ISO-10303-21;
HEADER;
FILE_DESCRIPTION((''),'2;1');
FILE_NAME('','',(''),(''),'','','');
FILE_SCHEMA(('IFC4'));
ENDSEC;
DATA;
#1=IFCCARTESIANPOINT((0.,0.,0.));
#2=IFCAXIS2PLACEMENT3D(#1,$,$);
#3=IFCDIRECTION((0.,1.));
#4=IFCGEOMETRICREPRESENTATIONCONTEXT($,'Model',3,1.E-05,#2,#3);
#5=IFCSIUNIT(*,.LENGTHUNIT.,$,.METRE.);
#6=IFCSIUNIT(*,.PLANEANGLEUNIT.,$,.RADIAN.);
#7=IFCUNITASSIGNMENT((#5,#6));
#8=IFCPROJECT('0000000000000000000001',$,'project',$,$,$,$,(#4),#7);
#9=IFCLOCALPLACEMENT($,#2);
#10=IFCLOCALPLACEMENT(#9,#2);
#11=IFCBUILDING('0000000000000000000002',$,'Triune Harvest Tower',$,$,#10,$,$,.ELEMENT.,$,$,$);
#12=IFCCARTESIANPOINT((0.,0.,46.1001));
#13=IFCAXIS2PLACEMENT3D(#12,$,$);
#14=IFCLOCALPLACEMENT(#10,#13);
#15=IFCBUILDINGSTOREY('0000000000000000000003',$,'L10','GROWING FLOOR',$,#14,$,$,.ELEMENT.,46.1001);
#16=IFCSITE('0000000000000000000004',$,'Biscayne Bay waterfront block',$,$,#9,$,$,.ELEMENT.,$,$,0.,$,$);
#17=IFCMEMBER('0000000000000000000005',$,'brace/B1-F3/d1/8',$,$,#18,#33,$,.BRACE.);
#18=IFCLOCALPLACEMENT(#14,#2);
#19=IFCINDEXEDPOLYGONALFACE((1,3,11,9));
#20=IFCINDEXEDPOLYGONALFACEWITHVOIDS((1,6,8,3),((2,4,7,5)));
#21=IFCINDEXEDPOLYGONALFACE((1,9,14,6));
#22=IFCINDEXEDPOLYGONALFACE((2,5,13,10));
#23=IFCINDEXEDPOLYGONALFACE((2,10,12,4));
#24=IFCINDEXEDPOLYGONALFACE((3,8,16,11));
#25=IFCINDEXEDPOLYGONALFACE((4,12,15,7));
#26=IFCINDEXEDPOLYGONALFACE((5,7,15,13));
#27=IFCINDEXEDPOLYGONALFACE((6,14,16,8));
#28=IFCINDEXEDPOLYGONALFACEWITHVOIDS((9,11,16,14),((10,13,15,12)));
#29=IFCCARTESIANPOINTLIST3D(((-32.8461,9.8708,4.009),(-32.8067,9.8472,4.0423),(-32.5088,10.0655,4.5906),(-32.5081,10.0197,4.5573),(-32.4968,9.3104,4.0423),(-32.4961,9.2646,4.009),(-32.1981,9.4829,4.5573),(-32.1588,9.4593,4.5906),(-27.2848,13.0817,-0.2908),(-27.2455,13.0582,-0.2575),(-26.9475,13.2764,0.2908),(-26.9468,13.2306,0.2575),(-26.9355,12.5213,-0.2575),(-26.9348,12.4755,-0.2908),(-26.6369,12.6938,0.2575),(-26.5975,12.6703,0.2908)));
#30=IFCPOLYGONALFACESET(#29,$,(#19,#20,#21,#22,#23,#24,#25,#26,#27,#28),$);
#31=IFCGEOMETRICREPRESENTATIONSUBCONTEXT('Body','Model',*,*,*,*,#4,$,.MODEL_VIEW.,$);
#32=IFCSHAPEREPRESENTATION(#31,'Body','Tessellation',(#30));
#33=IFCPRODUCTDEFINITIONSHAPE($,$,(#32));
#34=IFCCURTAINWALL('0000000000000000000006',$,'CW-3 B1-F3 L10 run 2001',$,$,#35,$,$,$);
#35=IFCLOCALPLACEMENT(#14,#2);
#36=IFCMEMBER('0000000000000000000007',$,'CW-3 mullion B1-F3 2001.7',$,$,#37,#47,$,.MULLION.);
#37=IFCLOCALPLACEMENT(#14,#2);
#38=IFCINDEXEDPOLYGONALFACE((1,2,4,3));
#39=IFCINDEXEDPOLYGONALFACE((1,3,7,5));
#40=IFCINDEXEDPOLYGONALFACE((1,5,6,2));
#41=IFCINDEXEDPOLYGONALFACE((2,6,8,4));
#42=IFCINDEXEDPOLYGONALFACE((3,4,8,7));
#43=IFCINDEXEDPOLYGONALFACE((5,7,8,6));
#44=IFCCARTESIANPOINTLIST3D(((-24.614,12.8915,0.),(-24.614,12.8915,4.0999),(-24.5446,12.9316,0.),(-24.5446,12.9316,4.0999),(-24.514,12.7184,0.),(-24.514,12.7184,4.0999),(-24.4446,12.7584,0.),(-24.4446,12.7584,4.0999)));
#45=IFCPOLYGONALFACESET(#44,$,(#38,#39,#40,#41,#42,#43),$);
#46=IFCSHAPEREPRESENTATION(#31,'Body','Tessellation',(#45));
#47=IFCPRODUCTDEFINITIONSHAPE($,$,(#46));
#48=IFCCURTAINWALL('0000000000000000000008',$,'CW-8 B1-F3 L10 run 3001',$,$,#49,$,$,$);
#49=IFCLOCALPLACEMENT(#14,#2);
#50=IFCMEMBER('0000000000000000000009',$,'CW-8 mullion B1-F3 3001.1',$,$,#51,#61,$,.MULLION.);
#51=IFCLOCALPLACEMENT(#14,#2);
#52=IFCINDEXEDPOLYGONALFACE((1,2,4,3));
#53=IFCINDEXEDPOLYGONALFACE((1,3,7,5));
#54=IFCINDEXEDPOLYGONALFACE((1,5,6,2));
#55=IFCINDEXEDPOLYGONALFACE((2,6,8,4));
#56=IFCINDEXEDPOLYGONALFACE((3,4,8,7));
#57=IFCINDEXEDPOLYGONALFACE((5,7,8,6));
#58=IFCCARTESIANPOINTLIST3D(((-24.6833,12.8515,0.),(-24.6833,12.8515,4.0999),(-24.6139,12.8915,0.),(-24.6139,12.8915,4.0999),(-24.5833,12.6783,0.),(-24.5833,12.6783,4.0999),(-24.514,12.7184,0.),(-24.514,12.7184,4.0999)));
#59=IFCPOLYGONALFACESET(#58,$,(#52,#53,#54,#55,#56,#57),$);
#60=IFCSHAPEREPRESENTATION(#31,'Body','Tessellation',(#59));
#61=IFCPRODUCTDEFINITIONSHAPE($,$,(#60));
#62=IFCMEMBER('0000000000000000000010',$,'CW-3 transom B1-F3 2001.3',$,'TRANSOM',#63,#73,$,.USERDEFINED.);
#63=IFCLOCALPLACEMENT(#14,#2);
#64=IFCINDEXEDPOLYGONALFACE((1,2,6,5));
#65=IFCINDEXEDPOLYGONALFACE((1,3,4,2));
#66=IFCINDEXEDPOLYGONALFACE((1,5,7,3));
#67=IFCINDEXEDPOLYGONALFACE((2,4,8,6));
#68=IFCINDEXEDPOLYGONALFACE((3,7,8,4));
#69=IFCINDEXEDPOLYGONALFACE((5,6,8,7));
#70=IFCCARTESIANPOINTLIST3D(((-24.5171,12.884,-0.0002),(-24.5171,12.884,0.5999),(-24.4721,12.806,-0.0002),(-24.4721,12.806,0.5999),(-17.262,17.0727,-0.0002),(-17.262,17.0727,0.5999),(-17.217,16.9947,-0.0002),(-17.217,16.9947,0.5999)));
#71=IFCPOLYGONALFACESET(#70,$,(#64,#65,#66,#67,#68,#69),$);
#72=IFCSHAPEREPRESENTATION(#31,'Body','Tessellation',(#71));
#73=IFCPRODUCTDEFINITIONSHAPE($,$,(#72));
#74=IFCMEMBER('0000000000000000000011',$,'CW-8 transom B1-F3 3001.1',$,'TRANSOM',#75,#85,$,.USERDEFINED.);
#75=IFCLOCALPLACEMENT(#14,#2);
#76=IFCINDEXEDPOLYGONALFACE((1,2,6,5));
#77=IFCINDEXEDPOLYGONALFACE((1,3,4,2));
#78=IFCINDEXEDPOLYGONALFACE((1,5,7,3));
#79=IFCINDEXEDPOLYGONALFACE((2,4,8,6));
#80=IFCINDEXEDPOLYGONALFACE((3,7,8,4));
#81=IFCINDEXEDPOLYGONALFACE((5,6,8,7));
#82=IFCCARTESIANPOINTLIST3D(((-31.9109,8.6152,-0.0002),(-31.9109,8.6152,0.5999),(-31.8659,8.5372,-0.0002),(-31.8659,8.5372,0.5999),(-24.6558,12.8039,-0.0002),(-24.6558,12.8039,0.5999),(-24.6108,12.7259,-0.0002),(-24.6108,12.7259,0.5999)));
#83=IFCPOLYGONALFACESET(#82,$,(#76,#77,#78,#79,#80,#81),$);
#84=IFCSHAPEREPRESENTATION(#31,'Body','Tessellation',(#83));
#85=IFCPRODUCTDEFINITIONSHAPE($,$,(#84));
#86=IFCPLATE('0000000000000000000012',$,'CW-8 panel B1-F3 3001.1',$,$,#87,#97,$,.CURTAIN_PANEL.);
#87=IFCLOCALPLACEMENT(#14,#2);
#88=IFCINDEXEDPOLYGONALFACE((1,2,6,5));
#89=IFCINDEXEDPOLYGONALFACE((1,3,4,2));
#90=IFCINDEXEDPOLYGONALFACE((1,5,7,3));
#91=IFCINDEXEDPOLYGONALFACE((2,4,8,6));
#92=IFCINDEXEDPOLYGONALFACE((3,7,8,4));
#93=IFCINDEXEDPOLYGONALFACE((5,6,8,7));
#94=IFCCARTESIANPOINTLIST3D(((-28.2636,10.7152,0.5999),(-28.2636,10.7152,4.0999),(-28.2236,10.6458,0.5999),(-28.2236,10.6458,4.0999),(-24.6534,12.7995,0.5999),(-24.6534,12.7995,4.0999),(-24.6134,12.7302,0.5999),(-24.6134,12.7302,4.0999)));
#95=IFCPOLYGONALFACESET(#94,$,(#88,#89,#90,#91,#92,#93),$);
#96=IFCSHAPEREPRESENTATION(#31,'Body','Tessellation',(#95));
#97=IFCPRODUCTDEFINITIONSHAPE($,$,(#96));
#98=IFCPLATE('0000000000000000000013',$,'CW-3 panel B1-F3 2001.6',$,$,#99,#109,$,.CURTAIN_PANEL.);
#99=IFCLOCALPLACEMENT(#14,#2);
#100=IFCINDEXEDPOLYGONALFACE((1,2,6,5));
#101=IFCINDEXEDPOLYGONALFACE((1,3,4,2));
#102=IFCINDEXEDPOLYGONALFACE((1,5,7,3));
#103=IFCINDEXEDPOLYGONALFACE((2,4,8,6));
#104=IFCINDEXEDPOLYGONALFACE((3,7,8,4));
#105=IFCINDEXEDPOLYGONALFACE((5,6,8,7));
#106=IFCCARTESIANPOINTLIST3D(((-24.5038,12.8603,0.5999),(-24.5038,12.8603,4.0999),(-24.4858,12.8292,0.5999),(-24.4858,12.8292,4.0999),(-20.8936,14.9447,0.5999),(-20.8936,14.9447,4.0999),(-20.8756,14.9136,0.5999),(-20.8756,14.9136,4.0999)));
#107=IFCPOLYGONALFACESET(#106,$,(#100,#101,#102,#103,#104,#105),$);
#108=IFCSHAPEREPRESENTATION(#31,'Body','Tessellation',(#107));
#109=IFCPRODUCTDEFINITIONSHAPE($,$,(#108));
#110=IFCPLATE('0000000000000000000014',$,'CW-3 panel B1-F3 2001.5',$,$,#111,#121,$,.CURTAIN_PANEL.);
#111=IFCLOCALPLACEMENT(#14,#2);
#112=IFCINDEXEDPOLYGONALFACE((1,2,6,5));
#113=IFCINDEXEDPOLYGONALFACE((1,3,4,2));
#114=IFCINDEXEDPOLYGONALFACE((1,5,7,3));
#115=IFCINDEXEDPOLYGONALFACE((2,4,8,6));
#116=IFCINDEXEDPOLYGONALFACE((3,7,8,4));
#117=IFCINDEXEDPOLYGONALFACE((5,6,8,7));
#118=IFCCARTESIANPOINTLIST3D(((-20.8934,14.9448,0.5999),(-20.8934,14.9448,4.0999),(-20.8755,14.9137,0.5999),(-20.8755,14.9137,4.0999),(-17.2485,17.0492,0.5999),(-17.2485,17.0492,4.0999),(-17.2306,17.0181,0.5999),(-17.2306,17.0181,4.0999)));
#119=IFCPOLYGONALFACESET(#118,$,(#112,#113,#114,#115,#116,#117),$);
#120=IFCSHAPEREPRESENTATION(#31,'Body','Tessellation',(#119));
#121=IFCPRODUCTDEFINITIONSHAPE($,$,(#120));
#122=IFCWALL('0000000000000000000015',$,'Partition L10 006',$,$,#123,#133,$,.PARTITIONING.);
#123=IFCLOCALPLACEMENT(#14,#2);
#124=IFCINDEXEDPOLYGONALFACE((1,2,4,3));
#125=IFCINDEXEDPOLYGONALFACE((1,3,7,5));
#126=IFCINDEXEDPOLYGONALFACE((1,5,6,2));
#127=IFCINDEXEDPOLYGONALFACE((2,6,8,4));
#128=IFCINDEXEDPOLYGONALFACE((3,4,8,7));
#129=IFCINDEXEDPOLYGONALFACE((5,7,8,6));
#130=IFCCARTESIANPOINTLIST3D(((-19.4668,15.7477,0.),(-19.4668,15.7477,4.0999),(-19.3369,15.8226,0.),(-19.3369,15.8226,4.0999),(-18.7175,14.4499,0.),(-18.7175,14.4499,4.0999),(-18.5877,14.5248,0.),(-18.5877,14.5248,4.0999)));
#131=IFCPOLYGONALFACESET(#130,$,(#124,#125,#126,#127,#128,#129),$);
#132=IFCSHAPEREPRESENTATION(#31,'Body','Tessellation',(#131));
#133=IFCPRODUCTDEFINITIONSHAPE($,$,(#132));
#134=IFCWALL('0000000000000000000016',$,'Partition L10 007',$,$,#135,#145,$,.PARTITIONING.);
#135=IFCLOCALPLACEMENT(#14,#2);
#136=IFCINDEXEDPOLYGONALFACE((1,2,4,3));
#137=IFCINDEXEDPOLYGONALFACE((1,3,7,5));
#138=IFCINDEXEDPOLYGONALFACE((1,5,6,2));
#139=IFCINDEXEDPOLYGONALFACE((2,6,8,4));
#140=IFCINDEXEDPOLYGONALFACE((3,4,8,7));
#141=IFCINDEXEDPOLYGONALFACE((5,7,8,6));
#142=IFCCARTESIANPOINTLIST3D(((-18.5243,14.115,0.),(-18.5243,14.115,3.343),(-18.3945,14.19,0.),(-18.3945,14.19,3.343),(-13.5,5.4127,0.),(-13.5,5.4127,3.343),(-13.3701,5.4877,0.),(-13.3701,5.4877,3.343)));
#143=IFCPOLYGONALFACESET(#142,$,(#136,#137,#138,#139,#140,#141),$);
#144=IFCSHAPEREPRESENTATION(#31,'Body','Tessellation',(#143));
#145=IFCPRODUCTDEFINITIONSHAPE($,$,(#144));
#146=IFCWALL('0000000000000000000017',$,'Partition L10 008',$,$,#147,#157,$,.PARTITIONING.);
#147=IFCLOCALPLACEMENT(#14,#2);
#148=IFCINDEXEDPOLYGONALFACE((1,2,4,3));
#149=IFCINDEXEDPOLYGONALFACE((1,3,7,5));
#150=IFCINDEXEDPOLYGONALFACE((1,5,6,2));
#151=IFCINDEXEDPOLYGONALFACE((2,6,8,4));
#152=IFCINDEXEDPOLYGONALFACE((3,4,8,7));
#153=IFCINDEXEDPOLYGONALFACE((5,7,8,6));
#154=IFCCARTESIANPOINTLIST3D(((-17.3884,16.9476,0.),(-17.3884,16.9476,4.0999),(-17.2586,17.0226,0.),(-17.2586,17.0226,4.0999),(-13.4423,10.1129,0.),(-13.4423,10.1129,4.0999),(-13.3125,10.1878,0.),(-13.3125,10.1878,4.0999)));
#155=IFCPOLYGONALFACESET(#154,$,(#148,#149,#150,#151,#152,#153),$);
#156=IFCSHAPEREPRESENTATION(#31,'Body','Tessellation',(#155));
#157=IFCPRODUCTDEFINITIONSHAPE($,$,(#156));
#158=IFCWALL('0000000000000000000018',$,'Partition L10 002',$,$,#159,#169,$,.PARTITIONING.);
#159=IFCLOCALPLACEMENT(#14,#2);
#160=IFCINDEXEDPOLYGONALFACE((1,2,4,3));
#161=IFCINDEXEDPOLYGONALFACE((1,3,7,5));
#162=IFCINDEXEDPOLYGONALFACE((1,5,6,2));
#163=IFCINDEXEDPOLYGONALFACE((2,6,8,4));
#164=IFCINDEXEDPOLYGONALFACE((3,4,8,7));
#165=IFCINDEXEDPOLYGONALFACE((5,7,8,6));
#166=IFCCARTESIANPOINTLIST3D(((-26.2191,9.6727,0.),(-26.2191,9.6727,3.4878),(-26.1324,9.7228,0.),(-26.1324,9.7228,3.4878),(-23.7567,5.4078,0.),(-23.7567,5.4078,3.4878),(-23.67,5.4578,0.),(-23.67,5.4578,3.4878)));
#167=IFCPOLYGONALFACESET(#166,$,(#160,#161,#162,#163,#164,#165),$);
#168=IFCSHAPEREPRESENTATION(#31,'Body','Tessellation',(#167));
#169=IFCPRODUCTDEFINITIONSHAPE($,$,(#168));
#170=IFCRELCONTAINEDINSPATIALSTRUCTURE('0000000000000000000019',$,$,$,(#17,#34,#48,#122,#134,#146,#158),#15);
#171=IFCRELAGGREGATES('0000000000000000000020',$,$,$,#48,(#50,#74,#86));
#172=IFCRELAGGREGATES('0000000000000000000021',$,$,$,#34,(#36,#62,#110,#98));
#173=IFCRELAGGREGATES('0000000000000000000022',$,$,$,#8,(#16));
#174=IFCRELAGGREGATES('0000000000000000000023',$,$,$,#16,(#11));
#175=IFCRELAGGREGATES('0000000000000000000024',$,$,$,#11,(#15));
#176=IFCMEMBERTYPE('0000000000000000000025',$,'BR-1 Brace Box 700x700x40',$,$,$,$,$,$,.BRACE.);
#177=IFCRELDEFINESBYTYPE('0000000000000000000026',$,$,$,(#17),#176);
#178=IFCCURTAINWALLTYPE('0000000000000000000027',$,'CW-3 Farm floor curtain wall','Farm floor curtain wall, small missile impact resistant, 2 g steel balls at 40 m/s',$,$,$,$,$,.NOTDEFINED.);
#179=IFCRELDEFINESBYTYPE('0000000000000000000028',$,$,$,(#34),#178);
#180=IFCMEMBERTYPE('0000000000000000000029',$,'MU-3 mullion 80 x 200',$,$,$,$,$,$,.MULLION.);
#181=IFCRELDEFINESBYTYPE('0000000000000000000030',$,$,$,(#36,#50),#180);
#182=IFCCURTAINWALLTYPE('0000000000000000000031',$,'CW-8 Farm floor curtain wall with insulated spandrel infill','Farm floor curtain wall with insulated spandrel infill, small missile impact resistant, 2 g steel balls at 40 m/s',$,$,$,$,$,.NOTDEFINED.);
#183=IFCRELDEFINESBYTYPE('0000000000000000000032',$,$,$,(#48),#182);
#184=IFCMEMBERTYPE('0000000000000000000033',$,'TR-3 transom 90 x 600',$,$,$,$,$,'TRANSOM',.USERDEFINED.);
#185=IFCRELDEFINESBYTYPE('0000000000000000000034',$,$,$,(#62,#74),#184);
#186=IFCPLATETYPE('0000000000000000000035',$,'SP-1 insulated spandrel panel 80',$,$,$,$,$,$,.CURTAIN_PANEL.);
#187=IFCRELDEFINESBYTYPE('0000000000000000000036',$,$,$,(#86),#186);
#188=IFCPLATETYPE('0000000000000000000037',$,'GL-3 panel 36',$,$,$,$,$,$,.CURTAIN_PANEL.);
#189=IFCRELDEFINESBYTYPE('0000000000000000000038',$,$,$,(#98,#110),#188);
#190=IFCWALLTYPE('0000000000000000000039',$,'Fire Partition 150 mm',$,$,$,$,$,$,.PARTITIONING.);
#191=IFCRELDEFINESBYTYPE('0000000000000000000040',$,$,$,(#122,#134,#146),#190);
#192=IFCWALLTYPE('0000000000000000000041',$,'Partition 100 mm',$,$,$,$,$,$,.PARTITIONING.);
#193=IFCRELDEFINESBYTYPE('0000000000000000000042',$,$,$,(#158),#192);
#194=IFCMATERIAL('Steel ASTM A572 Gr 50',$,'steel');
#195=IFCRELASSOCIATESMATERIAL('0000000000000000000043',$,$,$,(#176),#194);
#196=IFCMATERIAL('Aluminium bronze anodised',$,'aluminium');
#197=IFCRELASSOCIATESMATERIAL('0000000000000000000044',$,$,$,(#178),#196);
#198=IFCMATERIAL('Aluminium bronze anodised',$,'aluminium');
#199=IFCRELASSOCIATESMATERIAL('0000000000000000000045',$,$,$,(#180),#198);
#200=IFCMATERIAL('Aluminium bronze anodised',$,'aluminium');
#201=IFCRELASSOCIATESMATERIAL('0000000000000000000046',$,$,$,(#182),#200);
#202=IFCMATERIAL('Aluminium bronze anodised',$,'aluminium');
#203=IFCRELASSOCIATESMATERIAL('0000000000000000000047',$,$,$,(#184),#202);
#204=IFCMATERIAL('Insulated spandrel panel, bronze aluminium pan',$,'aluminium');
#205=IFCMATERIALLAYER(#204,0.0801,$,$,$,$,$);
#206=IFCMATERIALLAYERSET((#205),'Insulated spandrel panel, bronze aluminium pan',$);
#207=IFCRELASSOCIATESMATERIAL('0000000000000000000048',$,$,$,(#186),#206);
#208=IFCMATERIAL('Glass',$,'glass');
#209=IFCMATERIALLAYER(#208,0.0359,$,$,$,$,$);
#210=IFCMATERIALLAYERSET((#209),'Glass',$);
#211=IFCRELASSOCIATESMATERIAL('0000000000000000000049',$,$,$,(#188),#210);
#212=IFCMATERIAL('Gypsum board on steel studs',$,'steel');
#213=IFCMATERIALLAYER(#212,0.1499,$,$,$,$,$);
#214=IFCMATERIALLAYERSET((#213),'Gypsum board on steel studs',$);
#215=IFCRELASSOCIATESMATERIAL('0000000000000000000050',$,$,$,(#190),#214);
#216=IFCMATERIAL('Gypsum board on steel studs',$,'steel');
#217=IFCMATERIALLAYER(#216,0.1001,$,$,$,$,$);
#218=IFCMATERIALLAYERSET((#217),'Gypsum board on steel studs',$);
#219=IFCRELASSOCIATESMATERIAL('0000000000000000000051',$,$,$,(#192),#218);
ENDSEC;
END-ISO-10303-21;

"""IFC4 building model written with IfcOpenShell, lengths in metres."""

from ifc_helpers import new_model, si_unit, direction, frame, frame_2d, origin, origin_2d, place, context, subcontext, project, spatial, rectangle, hollow_rectangle, extrude, source, transform, mapped, material, layer, layer_set, material_profile, profile_set, type_object, element, aggregate, save


model = new_model("IFC4")

# Units and contexts
model_context = context("Model", 3, precision=1e-05, world=origin(), true_north=direction((0.0, 1.0)))
body_context = subcontext(model_context, "Body", "Model", "MODEL_VIEW")
ifc_project = project(units=[si_unit("LENGTHUNIT", "METRE"), si_unit("PLANEANGLEUNIT", "RADIAN")], contexts=[model_context])

# Site, building, storey
site_placement = place(None, origin())
site = spatial("IfcSite", under=ifc_project, at=site_placement, Name="Biscayne Bay waterfront block", CompositionType="ELEMENT", RefElevation=0.0)
building_placement = place(site_placement, origin())
building = spatial("IfcBuilding", under=site, at=building_placement, Name="Triune Harvest Tower", CompositionType="ELEMENT")
storey_placement = place(building_placement, frame((0.0, 0.0, 46.1001)))
storey = spatial("IfcBuildingStorey", under=building, at=storey_placement, Name="L10", Description="GROWING FLOOR", CompositionType="ELEMENT", Elevation=46.1001)

# Member
ifc_material_1 = material(Name="Steel ASTM A572 Gr 50", Category="steel")
ifc_material_profile_1 = material_profile(ifc_material_1, hollow_rectangle(XDim=0.7, YDim=0.7, WallThickness=0.04, at=origin_2d()), Name="Box 700x700x40")
ifc_profile_set_1 = profile_set([ifc_material_profile_1], Name="Steel ASTM A572 Gr 50")
member_type_1 = type_object("IfcMemberType", Name="BR-1 Brace Box 700x700x40", PredefinedType="BRACE", material=ifc_profile_set_1)
shared_shape_1 = source(origin(), body_context, "Body", "SweptSolid", [
    extrude(hollow_rectangle(XDim=0.7, YDim=0.7, WallThickness=0.04, at=origin_2d()), origin(), (0.0, 0.0, 1.0), 7.7283),
])
member_1_placement = place(storey_placement, frame((-26.9412, 12.876, 0.0), z_axis=(-0.719601, -0.415479, 0.556373), x_axis=(0.500015, -0.866017, 0.0)))
element("IfcMember", 1, at=member_1_placement, inside=storey, type_object=member_type_1, Name="brace/B1-F3/d1/8", PredefinedType="BRACE", context=body_context, shape_type="MappedRepresentation", body=[
    mapped(shared_shape_1, transform((0.0, 0.0, 0.0), scale=1.0)),
])

# Curtain walls, members
ifc_material_2 = material(Name="Aluminium bronze anodised", Category="aluminium")
curtain_wall_type_1 = type_object("IfcCurtainWallType", Name="CW-3 Farm floor curtain wall", Description="Farm floor curtain wall, small missile impact resistant, 2 g steel balls at 40 m/s", PredefinedType="NOTDEFINED", material=ifc_material_2)
curtain_wall_1_placement = place(storey_placement, origin())
curtain_wall_1 = element("IfcCurtainWall", 2, at=curtain_wall_1_placement, inside=storey, type_object=curtain_wall_type_1, Name="CW-3 B1-F3 L10 run 2001")
ifc_material_3 = material(Name="Aluminium bronze anodised", Category="aluminium")
ifc_material_profile_2 = material_profile(ifc_material_3, rectangle(XDim=0.2, YDim=0.0801, at=origin_2d()), Name="MU-3 mullion 80 x 200")
ifc_profile_set_2 = profile_set([ifc_material_profile_2], Name="Aluminium bronze anodised")
member_type_2 = type_object("IfcMemberType", Name="MU-3 mullion 80 x 200", PredefinedType="MULLION", material=ifc_profile_set_2)
shared_shape_2 = source(origin(), body_context, "Body", "SweptSolid", [
    extrude(rectangle(XDim=0.2, YDim=0.0801, at=origin_2d()), origin(), (0.0, 0.0, 1.0), 4.0999),
])
member_2_placement = place(storey_placement, frame((-24.5293, 12.825, 0.0), z_axis=(0.0, 0.0, 1.0), x_axis=(0.499999, -0.866026, 0.0)))
member_2 = element("IfcMember", 3, at=member_2_placement, type_object=member_type_2, Name="CW-3 mullion B1-F3 2001.7", PredefinedType="MULLION", context=body_context, shape_type="MappedRepresentation", body=[
    mapped(shared_shape_2, transform((0.0, 0.0, 0.0), scale=1.0)),
])
ifc_material_4 = material(Name="Aluminium bronze anodised", Category="aluminium")
curtain_wall_type_2 = type_object("IfcCurtainWallType", Name="CW-8 Farm floor curtain wall with insulated spandrel infill", Description="Farm floor curtain wall with insulated spandrel infill, small missile impact resistant, 2 g steel balls at 40 m/s", PredefinedType="NOTDEFINED", material=ifc_material_4)
curtain_wall_2_placement = place(storey_placement, origin())
curtain_wall_2 = element("IfcCurtainWall", 4, at=curtain_wall_2_placement, inside=storey, type_object=curtain_wall_type_2, Name="CW-8 B1-F3 L10 run 3001")
member_3_placement = place(storey_placement, frame((-24.5986, 12.7849, 0.0), z_axis=(0.0, 0.0, 1.0), x_axis=(0.499999, -0.866026, 0.0)))
member_3 = element("IfcMember", 5, at=member_3_placement, type_object=member_type_2, Name="CW-8 mullion B1-F3 3001.1", PredefinedType="MULLION", context=body_context, shape_type="MappedRepresentation", body=[
    mapped(shared_shape_2, transform((0.0, 0.0, 0.0), scale=1.0)),
])

# Members
ifc_material_5 = material(Name="Aluminium bronze anodised", Category="aluminium")
ifc_material_profile_3 = material_profile(ifc_material_5, rectangle(XDim=0.0901, YDim=0.6001, at=origin_2d()), Name="TR-3 transom 90 x 600")
ifc_profile_set_3 = profile_set([ifc_material_profile_3], Name="Aluminium bronze anodised")
member_type_3 = type_object("IfcMemberType", Name="TR-3 transom 90 x 600", ElementType="TRANSOM", PredefinedType="USERDEFINED", material=ifc_profile_set_3)
shared_shape_3 = source(origin(), body_context, "Body", "SweptSolid", [
    extrude(rectangle(XDim=0.0901, YDim=0.6001, at=origin_2d()), origin(), (0.0, 0.0, 1.0), 8.3774),
])
member_4_placement = place(storey_placement, frame((-17.2395, 17.0337, 0.2998), z_axis=(-0.866027, -0.499997, 0.0), x_axis=(0.499997, -0.866027, 0.0)))
member_4 = element("IfcMember", 6, at=member_4_placement, type_object=member_type_3, Name="CW-3 transom B1-F3 2001.3", ObjectType="TRANSOM", PredefinedType="USERDEFINED", context=body_context, shape_type="MappedRepresentation", body=[
    mapped(shared_shape_3, transform((0.0, 0.0, 0.0), scale=1.0)),
])
member_5_placement = place(storey_placement, frame((-24.6333, 12.7649, 0.2998), z_axis=(-0.866027, -0.499997, 0.0), x_axis=(0.499997, -0.866027, 0.0)))
member_5 = element("IfcMember", 7, at=member_5_placement, type_object=member_type_3, Name="CW-8 transom B1-F3 3001.1", ObjectType="TRANSOM", PredefinedType="USERDEFINED", context=body_context, shape_type="MappedRepresentation", body=[
    mapped(shared_shape_3, transform((0.0, 0.0, 0.0), scale=1.0)),
])

# Plates
ifc_material_6 = material(Name="Insulated spandrel panel, bronze aluminium pan", Category="aluminium")
ifc_layer_1 = layer(ifc_material_6, 0.0801)
ifc_layer_set_1 = layer_set([ifc_layer_1], Name="Insulated spandrel panel, bronze aluminium pan")
plate_type_1 = type_object("IfcPlateType", Name="SP-1 insulated spandrel panel 80", PredefinedType="CURTAIN_PANEL", material=ifc_layer_set_1)
shared_shape_4 = source(origin(), body_context, "Body", "SweptSolid", [
    extrude(rectangle(XDim=4.1687, YDim=0.0801, at=origin_2d()), origin(), (0.0, 0.0, 1.0), 3.5),
])
plate_1_placement = place(storey_placement, frame((-26.4385, 11.7227, 0.5999), z_axis=(0.0, 0.0, 1.0), x_axis=(-0.866026, -0.499999, 0.0)))
plate_1 = element("IfcPlate", 8, at=plate_1_placement, type_object=plate_type_1, Name="CW-8 panel B1-F3 3001.1", PredefinedType="CURTAIN_PANEL", context=body_context, shape_type="MappedRepresentation", body=[
    mapped(shared_shape_4, transform((0.0, 0.0, 0.0), scale=1.0)),
])
aggregate(curtain_wall_2, [member_3, member_5, plate_1])
ifc_material_7 = material(Name="Glass", Category="glass")
ifc_layer_2 = layer(ifc_material_7, 0.0359)
ifc_layer_set_2 = layer_set([ifc_layer_2], Name="Glass")
plate_type_2 = type_object("IfcPlateType", Name="GL-3 panel 36", PredefinedType="CURTAIN_PANEL", material=ifc_layer_set_2)
shared_shape_5 = source(origin(), body_context, "Body", "SweptSolid", [
    extrude(rectangle(XDim=4.1687, YDim=0.0359, at=origin_2d()), origin(), (0.0, 0.0, 1.0), 3.5),
])
plate_2_placement = place(storey_placement, frame((-22.6897, 13.887, 0.5999), z_axis=(0.0, 0.0, 1.0), x_axis=(-0.866026, -0.499999, 0.0)))
plate_2 = element("IfcPlate", 9, at=plate_2_placement, type_object=plate_type_2, Name="CW-3 panel B1-F3 2001.6", PredefinedType="CURTAIN_PANEL", context=body_context, shape_type="MappedRepresentation", body=[
    mapped(shared_shape_5, transform((0.0, 0.0, 0.0), scale=1.0)),
])
shared_shape_6 = source(origin(), body_context, "Body", "SweptSolid", [
    extrude(rectangle(XDim=4.2087, YDim=0.0359, at=origin_2d()), origin(), (0.0, 0.0, 1.0), 3.5),
])
plate_3_placement = place(storey_placement, frame((-19.062, 15.9814, 0.5999), z_axis=(0.0, 0.0, 1.0), x_axis=(-0.866026, -0.499999, 0.0)))
plate_3 = element("IfcPlate", 10, at=plate_3_placement, type_object=plate_type_2, Name="CW-3 panel B1-F3 2001.5", PredefinedType="CURTAIN_PANEL", context=body_context, shape_type="MappedRepresentation", body=[
    mapped(shared_shape_6, transform((0.0, 0.0, 0.0), scale=1.0)),
])
aggregate(curtain_wall_1, [member_2, member_4, plate_3, plate_2])

# Walls
ifc_material_8 = material(Name="Gypsum board on steel studs", Category="steel")
ifc_layer_3 = layer(ifc_material_8, 0.1499)
ifc_layer_set_3 = layer_set([ifc_layer_3], Name="Gypsum board on steel studs")
wall_type_1 = type_object("IfcWallType", Name="Fire Partition 150 mm", PredefinedType="PARTITIONING", material=ifc_layer_set_3)
wall_1_placement = place(storey_placement, frame((-19.4019, 15.7852, 0.0), z_axis=(0.0, 0.0, 1.0), x_axis=(0.499976, -0.866039, 0.0)))
element("IfcWall", 11, at=wall_1_placement, inside=storey, type_object=wall_type_1, Name="Partition L10 006", PredefinedType="PARTITIONING", context=body_context, shape_type="SweptSolid", body=[
    extrude(rectangle(XDim=1.4985, YDim=0.1499, at=frame_2d((0.7493, 0.0))), origin(), (0.0, 0.0, 1.0), 4.0999),
])
wall_2_placement = place(storey_placement, frame((-18.4595, 14.1526, 0.0), z_axis=(0.0, 0.0, 1.0), x_axis=(0.500006, -0.866022, 0.0)))
element("IfcWall", 12, at=wall_2_placement, inside=storey, type_object=wall_type_1, Name="Partition L10 007", PredefinedType="PARTITIONING", context=body_context, shape_type="SweptSolid", body=[
    extrude(rectangle(XDim=10.0486, YDim=0.1499, at=frame_2d((5.0244, 0.0))), origin(), (0.0, 0.0, 1.0), 3.343),
])
wall_3_placement = place(storey_placement, frame((-17.3235, 16.9851, 0.0), z_axis=(0.0, 0.0, 1.0), x_axis=(0.500002, -0.866024, 0.0)))
element("IfcWall", 13, at=wall_3_placement, inside=storey, type_object=wall_type_1, Name="Partition L10 008", PredefinedType="PARTITIONING", context=body_context, shape_type="SweptSolid", body=[
    extrude(rectangle(XDim=7.8921, YDim=0.1499, at=frame_2d((3.946, 0.0))), origin(), (0.0, 0.0, 1.0), 4.0999),
])
ifc_material_9 = material(Name="Gypsum board on steel studs", Category="steel")
ifc_layer_4 = layer(ifc_material_9, 0.1001)
ifc_layer_set_4 = layer_set([ifc_layer_4], Name="Gypsum board on steel studs")
wall_type_2 = type_object("IfcWallType", Name="Partition 100 mm", PredefinedType="PARTITIONING", material=ifc_layer_set_4)
wall_4_placement = place(storey_placement, frame((-26.1758, 9.6978, 0.0), z_axis=(0.0, 0.0, 1.0), x_axis=(0.50001, -0.86602, 0.0)))
element("IfcWall", 14, at=wall_4_placement, inside=storey, type_object=wall_type_2, Name="Partition L10 002", PredefinedType="PARTITIONING", context=body_context, shape_type="SweptSolid", body=[
    extrude(rectangle(XDim=4.9248, YDim=0.1001, at=frame_2d((2.4624, 0.0))), origin(), (0.0, 0.0, 1.0), 3.4878),
])

save(model, "model.ifc")
